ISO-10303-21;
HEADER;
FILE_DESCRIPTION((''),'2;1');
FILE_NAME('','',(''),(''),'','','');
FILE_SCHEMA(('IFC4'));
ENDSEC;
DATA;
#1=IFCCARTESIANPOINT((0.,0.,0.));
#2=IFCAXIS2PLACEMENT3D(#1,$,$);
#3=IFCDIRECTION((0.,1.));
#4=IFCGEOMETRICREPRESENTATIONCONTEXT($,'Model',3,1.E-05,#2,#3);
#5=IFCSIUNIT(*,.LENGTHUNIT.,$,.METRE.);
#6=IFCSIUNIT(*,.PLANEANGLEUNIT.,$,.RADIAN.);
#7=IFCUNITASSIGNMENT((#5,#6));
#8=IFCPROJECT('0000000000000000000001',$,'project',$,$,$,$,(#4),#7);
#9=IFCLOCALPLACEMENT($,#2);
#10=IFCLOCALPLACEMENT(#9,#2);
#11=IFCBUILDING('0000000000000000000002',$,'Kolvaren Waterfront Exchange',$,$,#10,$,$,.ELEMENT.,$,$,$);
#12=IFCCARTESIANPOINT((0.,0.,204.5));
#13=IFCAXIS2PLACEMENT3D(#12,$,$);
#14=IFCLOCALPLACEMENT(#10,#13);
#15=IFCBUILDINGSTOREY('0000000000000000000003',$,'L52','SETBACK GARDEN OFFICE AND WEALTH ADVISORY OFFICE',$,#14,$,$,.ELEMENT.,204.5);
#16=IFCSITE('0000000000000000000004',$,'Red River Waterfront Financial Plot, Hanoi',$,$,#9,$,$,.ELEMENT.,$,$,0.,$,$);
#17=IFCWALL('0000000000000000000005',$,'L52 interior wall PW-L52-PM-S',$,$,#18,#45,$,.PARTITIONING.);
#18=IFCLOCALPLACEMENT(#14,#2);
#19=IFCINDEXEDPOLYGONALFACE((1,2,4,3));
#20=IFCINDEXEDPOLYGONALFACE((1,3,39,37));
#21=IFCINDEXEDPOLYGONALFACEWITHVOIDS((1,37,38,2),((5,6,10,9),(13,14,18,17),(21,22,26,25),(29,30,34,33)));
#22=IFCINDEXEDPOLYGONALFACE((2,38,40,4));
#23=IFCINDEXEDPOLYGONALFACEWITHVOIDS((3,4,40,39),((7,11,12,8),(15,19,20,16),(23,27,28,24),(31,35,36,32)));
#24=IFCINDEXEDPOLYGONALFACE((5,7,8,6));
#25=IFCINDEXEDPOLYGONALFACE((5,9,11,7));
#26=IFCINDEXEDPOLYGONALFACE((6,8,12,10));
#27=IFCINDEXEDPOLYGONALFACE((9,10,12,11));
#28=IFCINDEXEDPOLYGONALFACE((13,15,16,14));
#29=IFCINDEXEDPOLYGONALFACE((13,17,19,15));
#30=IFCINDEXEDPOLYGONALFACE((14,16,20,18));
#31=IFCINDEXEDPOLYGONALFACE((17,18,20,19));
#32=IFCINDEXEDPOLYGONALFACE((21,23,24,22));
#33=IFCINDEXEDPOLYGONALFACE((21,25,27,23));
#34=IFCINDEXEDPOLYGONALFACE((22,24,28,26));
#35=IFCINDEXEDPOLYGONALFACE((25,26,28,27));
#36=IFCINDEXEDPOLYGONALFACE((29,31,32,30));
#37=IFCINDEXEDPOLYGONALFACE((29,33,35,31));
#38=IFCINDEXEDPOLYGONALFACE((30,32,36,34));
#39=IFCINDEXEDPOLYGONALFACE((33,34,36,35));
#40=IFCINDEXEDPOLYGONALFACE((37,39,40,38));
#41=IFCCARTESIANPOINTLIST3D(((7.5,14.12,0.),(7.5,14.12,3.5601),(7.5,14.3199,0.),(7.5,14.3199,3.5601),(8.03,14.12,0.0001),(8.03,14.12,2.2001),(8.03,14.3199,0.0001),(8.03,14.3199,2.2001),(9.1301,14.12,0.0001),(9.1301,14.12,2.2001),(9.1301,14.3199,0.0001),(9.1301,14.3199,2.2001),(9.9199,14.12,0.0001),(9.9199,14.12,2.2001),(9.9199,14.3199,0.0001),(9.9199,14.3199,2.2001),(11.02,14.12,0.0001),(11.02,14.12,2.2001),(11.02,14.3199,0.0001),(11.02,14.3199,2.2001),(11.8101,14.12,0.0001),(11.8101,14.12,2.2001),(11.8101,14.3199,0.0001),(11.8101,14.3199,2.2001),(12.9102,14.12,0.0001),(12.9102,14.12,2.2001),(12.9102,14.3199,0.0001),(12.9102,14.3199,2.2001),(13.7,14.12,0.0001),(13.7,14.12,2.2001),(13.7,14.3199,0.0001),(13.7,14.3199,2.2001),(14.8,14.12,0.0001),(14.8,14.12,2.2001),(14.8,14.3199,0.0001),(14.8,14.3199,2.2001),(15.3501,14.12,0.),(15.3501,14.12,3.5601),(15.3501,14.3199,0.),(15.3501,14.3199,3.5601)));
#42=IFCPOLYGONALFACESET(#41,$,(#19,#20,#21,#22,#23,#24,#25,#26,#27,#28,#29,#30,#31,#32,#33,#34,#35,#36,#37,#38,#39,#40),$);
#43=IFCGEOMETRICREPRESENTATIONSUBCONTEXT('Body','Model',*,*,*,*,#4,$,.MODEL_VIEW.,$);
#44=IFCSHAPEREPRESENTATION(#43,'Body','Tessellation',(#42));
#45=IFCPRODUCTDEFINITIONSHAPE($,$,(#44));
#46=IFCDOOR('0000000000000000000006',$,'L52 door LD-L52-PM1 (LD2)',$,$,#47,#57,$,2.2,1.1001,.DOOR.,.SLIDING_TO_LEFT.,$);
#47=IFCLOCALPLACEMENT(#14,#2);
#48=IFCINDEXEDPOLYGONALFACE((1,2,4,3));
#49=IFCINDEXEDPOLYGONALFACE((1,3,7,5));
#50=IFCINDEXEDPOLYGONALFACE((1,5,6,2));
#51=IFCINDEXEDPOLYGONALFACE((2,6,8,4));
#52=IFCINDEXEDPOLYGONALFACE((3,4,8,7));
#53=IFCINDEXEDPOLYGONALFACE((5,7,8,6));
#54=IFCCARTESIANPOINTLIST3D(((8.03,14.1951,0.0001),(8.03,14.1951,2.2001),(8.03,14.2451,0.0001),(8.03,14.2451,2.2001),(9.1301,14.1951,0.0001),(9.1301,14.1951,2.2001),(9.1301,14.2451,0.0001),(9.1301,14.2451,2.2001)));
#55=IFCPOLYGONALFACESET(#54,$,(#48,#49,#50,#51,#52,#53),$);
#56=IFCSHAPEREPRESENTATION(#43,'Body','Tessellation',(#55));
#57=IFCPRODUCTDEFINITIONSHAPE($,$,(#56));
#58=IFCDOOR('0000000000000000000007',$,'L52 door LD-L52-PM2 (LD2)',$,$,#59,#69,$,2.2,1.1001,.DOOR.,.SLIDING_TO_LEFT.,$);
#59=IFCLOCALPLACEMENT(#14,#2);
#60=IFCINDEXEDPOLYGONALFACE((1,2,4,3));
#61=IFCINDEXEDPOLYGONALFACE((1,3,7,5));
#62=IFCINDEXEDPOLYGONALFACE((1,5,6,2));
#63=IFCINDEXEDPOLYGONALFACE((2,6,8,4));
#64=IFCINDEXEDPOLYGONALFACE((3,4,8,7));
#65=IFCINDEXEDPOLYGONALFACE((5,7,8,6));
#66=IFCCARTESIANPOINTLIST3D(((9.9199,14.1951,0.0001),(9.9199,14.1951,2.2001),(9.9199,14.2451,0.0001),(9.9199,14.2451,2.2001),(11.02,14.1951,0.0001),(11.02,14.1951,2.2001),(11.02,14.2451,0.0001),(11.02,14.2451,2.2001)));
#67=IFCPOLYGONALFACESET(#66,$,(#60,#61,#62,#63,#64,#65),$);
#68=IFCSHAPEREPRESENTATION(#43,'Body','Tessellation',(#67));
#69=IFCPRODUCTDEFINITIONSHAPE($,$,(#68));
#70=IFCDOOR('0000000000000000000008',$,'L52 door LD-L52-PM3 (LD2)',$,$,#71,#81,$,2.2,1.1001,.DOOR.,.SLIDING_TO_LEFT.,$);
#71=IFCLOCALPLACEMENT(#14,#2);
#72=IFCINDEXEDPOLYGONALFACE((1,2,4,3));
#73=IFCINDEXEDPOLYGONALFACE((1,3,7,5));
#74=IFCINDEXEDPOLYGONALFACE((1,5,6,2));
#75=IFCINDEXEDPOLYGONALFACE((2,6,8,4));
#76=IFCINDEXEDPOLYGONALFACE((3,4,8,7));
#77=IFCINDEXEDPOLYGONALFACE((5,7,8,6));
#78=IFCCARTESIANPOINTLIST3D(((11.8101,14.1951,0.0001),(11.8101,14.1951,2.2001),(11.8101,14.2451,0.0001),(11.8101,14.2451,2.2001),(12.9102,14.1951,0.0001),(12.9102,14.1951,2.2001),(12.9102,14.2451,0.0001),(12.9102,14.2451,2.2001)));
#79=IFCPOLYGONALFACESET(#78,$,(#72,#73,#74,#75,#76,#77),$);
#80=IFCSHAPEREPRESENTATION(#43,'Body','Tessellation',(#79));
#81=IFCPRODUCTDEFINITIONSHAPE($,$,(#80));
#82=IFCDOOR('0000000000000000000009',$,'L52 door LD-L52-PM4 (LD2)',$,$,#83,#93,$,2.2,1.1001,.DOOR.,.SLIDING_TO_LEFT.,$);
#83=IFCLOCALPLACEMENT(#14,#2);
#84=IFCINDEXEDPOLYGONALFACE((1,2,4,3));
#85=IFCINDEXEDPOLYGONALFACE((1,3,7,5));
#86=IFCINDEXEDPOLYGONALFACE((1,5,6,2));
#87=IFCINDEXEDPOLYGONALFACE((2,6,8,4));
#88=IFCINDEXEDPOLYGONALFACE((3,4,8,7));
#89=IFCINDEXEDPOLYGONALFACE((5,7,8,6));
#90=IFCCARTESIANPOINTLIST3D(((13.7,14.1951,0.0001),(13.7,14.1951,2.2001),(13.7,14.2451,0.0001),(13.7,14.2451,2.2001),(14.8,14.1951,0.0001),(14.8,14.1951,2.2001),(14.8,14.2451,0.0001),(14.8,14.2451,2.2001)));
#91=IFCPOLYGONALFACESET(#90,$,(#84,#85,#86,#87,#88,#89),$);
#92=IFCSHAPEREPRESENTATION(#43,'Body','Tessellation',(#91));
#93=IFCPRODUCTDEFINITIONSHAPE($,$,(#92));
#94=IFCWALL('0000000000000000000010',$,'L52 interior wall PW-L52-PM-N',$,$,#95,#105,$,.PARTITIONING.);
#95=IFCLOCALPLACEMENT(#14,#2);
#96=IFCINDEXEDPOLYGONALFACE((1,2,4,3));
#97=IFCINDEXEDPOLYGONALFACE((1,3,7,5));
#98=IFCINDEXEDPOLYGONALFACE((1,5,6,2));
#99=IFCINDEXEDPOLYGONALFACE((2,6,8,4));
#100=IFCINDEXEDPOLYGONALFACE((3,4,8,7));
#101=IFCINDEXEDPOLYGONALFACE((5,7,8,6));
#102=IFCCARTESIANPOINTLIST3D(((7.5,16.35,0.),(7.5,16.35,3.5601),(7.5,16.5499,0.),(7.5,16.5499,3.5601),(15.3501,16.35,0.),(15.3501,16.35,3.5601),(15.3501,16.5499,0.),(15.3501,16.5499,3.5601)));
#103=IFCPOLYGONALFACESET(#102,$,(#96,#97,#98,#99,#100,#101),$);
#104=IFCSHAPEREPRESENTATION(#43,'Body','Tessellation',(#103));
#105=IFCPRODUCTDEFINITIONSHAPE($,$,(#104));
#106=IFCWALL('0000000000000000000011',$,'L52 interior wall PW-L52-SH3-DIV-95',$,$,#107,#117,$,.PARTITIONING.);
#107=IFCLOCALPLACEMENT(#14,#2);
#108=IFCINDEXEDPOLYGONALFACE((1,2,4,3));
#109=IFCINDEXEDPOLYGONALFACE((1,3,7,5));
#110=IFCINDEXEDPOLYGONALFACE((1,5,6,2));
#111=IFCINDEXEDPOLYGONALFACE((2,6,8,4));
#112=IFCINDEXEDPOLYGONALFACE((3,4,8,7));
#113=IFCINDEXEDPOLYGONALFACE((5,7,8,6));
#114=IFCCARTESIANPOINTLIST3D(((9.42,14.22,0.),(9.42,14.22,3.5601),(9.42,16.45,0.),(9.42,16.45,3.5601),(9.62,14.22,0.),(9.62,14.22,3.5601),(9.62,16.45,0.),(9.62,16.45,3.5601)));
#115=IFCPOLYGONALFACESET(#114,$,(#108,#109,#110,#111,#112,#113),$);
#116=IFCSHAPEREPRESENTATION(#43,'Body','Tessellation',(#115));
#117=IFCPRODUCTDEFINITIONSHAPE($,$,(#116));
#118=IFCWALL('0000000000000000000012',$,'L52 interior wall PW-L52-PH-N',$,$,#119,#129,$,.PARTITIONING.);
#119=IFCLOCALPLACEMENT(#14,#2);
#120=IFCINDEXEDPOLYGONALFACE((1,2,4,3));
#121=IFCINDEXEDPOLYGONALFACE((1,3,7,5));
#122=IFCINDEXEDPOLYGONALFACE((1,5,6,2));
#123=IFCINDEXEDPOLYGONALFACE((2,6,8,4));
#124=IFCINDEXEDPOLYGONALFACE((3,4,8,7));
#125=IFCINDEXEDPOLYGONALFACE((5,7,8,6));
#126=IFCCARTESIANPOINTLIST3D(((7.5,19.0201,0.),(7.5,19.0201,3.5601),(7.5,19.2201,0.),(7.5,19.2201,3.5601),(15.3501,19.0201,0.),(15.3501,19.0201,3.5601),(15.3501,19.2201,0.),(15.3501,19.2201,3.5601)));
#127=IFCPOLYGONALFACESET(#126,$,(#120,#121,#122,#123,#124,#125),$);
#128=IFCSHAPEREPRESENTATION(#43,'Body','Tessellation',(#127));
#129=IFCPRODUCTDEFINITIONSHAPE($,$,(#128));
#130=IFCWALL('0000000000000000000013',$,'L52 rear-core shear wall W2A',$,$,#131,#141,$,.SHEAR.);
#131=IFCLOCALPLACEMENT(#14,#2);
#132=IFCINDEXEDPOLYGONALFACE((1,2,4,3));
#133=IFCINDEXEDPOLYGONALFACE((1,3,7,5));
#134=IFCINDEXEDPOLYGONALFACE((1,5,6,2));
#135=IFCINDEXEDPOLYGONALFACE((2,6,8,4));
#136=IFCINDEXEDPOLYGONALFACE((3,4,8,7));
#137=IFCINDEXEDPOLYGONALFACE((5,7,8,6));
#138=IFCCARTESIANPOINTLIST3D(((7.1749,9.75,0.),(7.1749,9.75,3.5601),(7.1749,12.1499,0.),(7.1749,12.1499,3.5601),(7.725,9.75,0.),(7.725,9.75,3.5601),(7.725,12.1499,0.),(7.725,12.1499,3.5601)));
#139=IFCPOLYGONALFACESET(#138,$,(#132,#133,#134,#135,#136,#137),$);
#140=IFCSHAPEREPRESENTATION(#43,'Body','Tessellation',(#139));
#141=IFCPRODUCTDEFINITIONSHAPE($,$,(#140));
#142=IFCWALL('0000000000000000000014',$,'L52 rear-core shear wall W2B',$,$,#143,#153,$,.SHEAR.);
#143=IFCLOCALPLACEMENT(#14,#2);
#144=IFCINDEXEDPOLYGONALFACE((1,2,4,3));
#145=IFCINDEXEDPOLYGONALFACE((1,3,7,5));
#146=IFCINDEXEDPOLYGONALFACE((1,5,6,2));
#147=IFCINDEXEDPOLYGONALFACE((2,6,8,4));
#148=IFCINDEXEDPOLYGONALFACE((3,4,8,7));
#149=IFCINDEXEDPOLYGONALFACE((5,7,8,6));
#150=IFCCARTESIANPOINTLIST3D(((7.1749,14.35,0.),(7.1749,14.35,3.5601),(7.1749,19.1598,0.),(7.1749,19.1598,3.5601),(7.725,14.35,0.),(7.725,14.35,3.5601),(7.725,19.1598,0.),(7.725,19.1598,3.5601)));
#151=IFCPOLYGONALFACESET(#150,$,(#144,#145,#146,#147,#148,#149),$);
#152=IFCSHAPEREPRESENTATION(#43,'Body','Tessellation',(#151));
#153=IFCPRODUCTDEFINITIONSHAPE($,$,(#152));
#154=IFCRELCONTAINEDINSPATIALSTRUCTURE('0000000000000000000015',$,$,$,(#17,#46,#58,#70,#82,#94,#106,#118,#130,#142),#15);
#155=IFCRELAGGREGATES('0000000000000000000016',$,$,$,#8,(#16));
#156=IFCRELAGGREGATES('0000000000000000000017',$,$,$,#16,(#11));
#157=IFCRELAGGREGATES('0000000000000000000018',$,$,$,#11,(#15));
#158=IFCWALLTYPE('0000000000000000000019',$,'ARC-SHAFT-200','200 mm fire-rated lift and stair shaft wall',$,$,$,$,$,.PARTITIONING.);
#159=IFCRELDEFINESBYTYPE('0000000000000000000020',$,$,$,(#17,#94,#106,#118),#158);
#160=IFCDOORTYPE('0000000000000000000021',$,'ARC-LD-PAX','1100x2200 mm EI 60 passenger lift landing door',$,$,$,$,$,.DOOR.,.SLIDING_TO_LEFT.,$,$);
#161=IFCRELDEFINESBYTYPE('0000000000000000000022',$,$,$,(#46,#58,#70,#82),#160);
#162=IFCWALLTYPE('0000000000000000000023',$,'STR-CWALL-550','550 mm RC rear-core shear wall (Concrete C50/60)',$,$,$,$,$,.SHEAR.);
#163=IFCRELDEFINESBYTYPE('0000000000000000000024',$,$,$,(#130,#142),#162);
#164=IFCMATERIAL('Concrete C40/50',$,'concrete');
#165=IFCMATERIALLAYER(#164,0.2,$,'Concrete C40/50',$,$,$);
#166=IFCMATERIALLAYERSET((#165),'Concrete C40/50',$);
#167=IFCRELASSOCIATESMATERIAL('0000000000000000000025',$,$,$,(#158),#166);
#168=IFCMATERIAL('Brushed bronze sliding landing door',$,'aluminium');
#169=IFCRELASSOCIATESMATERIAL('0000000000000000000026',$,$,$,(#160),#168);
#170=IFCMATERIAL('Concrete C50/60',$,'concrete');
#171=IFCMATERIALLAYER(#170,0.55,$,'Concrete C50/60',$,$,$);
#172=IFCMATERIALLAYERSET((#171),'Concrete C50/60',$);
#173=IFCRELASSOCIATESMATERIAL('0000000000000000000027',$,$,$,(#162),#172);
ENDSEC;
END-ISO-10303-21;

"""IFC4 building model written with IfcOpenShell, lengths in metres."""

from ifc_helpers import new_model, si_unit, direction, frame, frame_2d, origin, place, context, subcontext, project, spatial, rectangle, extrude, material, layer, layer_set, type_object, element, fill, save


model = new_model("IFC4")

# Units and contexts
model_context = context("Model", 3, precision=1e-05, world=origin(), true_north=direction((0.0, 1.0)))
body_context = subcontext(model_context, "Body", "Model", "MODEL_VIEW")
ifc_project = project(units=[si_unit("LENGTHUNIT", "METRE"), si_unit("PLANEANGLEUNIT", "RADIAN")], contexts=[model_context])

# Site, building, storey
site_placement = place(None, origin())
site = spatial("IfcSite", under=ifc_project, at=site_placement, Name="Red River Waterfront Financial Plot, Hanoi", CompositionType="ELEMENT", RefElevation=0.0)
building_placement = place(site_placement, origin())
building = spatial("IfcBuilding", under=site, at=building_placement, Name="Kolvaren Waterfront Exchange", CompositionType="ELEMENT")
storey_placement = place(building_placement, frame((0.0, 0.0, 204.5)))
storey = spatial("IfcBuildingStorey", under=building, at=storey_placement, Name="L52", Description="SETBACK GARDEN OFFICE AND WEALTH ADVISORY OFFICE", CompositionType="ELEMENT", Elevation=204.5)

# Wall, openings, doors
ifc_material_1 = material(Name="Concrete C40/50", Category="concrete")
ifc_layer_1 = layer(ifc_material_1, 0.2, Name="Concrete C40/50")
ifc_layer_set_1 = layer_set([ifc_layer_1], Name="Concrete C40/50")
wall_type_1 = type_object("IfcWallType", Name="ARC-SHAFT-200", Description="200 mm fire-rated lift and stair shaft wall", PredefinedType="PARTITIONING", material=ifc_layer_set_1)
wall_1_placement = place(storey_placement, frame((7.5, 14.22, 0.0), z_axis=(0.0, 0.0, 1.0), x_axis=(1.0, 0.0, 0.0)))
wall_1 = element("IfcWall", 1, at=wall_1_placement, inside=storey, type_object=wall_type_1, Name="L52 interior wall PW-L52-PM-S", PredefinedType="PARTITIONING", context=body_context, shape_type="SweptSolid", body=[
    extrude(rectangle(XDim=7.8501, YDim=0.2, at=frame_2d((3.925, 0.0))), origin(), (0.0, 0.0, 1.0), 3.5601),
])
opening_1_placement = place(wall_1_placement, frame((0.53, 0.0, 0.0)))
opening_1 = element("IfcOpeningElement", 2, at=opening_1_placement, cuts=wall_1, PredefinedType="OPENING", context=body_context, shape_type="SweptSolid", body=[
    extrude(rectangle(XDim=1.1001, YDim=2.2, at=frame_2d((0.55, 1.1001))), frame((0.0, 0.1099, 0.0), z_axis=(0.0, -1.0, 0.0), x_axis=(1.0, 0.0, 0.0)), (0.0, 0.0, 1.0), 0.22),
])
opening_2_placement = place(wall_1_placement, frame((2.4199, 0.0, 0.0)))
opening_2 = element("IfcOpeningElement", 3, at=opening_2_placement, cuts=wall_1, PredefinedType="OPENING", context=body_context, shape_type="SweptSolid", body=[
    extrude(rectangle(XDim=1.1001, YDim=2.2, at=frame_2d((0.55, 1.1001))), frame((0.0, 0.1099, 0.0), z_axis=(0.0, -1.0, 0.0), x_axis=(1.0, 0.0, 0.0)), (0.0, 0.0, 1.0), 0.22),
])
opening_3_placement = place(wall_1_placement, frame((4.3101, 0.0, 0.0)))
opening_3 = element("IfcOpeningElement", 4, at=opening_3_placement, cuts=wall_1, PredefinedType="OPENING", context=body_context, shape_type="SweptSolid", body=[
    extrude(rectangle(XDim=1.1001, YDim=2.2, at=frame_2d((0.55, 1.1001))), frame((0.0, 0.1099, 0.0), z_axis=(0.0, -1.0, 0.0), x_axis=(1.0, 0.0, 0.0)), (0.0, 0.0, 1.0), 0.22),
])
opening_4_placement = place(wall_1_placement, frame((6.2, 0.0, 0.0)))
opening_4 = element("IfcOpeningElement", 5, at=opening_4_placement, cuts=wall_1, PredefinedType="OPENING", context=body_context, shape_type="SweptSolid", body=[
    extrude(rectangle(XDim=1.1001, YDim=2.2, at=frame_2d((0.55, 1.1001))), frame((0.0, 0.1099, 0.0), z_axis=(0.0, -1.0, 0.0), x_axis=(1.0, 0.0, 0.0)), (0.0, 0.0, 1.0), 0.22),
])
ifc_material_2 = material(Name="Brushed bronze sliding landing door", Category="aluminium")
door_type_1 = type_object("IfcDoorType", Name="ARC-LD-PAX", Description="1100x2200 mm EI 60 passenger lift landing door", OperationType="SLIDING_TO_LEFT", PredefinedType="DOOR", material=ifc_material_2)
door_1_placement = place(opening_1_placement, frame((1.1001, 0.0, 0.0), z_axis=(0.0, 0.0, 1.0), x_axis=(-1.0, 0.0, 0.0)))
door_1 = element("IfcDoor", 6, at=door_1_placement, inside=storey, type_object=door_type_1, Name="L52 door LD-L52-PM1 (LD2)", OperationType="SLIDING_TO_LEFT", OverallHeight=2.2, OverallWidth=1.1001, PredefinedType="DOOR", context=body_context, shape_type="SweptSolid", body=[
    extrude(rectangle(XDim=1.1001, YDim=2.2, at=frame_2d((0.55, 1.1001))), frame((0.0, 0.0249, 0.0), z_axis=(0.0, -1.0, 0.0), x_axis=(1.0, 0.0, 0.0)), (0.0, 0.0, 1.0), 0.05),
])
fill(opening_1, door_1)
door_2_placement = place(opening_2_placement, frame((1.1001, 0.0, 0.0), z_axis=(0.0, 0.0, 1.0), x_axis=(-1.0, 0.0, 0.0)))
door_2 = element("IfcDoor", 7, at=door_2_placement, inside=storey, type_object=door_type_1, Name="L52 door LD-L52-PM2 (LD2)", OperationType="SLIDING_TO_LEFT", OverallHeight=2.2, OverallWidth=1.1001, PredefinedType="DOOR", context=body_context, shape_type="SweptSolid", body=[
    extrude(rectangle(XDim=1.1001, YDim=2.2, at=frame_2d((0.55, 1.1001))), frame((0.0, 0.0249, 0.0), z_axis=(0.0, -1.0, 0.0), x_axis=(1.0, 0.0, 0.0)), (0.0, 0.0, 1.0), 0.05),
])
fill(opening_2, door_2)
door_3_placement = place(opening_3_placement, frame((1.1001, 0.0, 0.0), z_axis=(0.0, 0.0, 1.0), x_axis=(-1.0, 0.0, 0.0)))
door_3 = element("IfcDoor", 8, at=door_3_placement, inside=storey, type_object=door_type_1, Name="L52 door LD-L52-PM3 (LD2)", OperationType="SLIDING_TO_LEFT", OverallHeight=2.2, OverallWidth=1.1001, PredefinedType="DOOR", context=body_context, shape_type="SweptSolid", body=[
    extrude(rectangle(XDim=1.1001, YDim=2.2, at=frame_2d((0.55, 1.1001))), frame((0.0, 0.0249, 0.0), z_axis=(0.0, -1.0, 0.0), x_axis=(1.0, 0.0, 0.0)), (0.0, 0.0, 1.0), 0.05),
])
fill(opening_3, door_3)
door_4_placement = place(opening_4_placement, frame((1.1001, 0.0, 0.0), z_axis=(0.0, 0.0, 1.0), x_axis=(-1.0, 0.0, 0.0)))
door_4 = element("IfcDoor", 9, at=door_4_placement, inside=storey, type_object=door_type_1, Name="L52 door LD-L52-PM4 (LD2)", OperationType="SLIDING_TO_LEFT", OverallHeight=2.2, OverallWidth=1.1001, PredefinedType="DOOR", context=body_context, shape_type="SweptSolid", body=[
    extrude(rectangle(XDim=1.1001, YDim=2.2, at=frame_2d((0.55, 1.1001))), frame((0.0, 0.0249, 0.0), z_axis=(0.0, -1.0, 0.0), x_axis=(1.0, 0.0, 0.0)), (0.0, 0.0, 1.0), 0.05),
])
fill(opening_4, door_4)

# Walls
wall_2_placement = place(storey_placement, frame((7.5, 16.45, 0.0), z_axis=(0.0, 0.0, 1.0), x_axis=(1.0, 0.0, 0.0)))
element("IfcWall", 10, at=wall_2_placement, inside=storey, type_object=wall_type_1, Name="L52 interior wall PW-L52-PM-N", PredefinedType="PARTITIONING", context=body_context, shape_type="SweptSolid", body=[
    extrude(rectangle(XDim=7.8501, YDim=0.2, at=frame_2d((3.925, 0.0))), origin(), (0.0, 0.0, 1.0), 3.5601),
])
wall_3_placement = place(storey_placement, frame((9.52, 14.22, 0.0), z_axis=(0.0, 0.0, 1.0), x_axis=(0.0, 1.0, 0.0)))
element("IfcWall", 11, at=wall_3_placement, inside=storey, type_object=wall_type_1, Name="L52 interior wall PW-L52-SH3-DIV-95", PredefinedType="PARTITIONING", context=body_context, shape_type="SweptSolid", body=[
    extrude(rectangle(XDim=2.23, YDim=0.2, at=frame_2d((1.115, 0.0))), origin(), (0.0, 0.0, 1.0), 3.5601),
])
wall_4_placement = place(storey_placement, frame((7.5, 19.1201, 0.0), z_axis=(0.0, 0.0, 1.0), x_axis=(1.0, 0.0, 0.0)))
element("IfcWall", 12, at=wall_4_placement, inside=storey, type_object=wall_type_1, Name="L52 interior wall PW-L52-PH-N", PredefinedType="PARTITIONING", context=body_context, shape_type="SweptSolid", body=[
    extrude(rectangle(XDim=7.8501, YDim=0.2, at=frame_2d((3.925, 0.0))), origin(), (0.0, 0.0, 1.0), 3.5601),
])
ifc_material_3 = material(Name="Concrete C50/60", Category="concrete")
ifc_layer_2 = layer(ifc_material_3, 0.55, Name="Concrete C50/60")
ifc_layer_set_2 = layer_set([ifc_layer_2], Name="Concrete C50/60")
wall_type_2 = type_object("IfcWallType", Name="STR-CWALL-550", Description="550 mm RC rear-core shear wall (Concrete C50/60)", PredefinedType="SHEAR", material=ifc_layer_set_2)
wall_5_placement = place(storey_placement, frame((7.45, 9.75, 0.0), z_axis=(0.0, 0.0, 1.0), x_axis=(0.0, 1.0, 0.0)))
element("IfcWall", 13, at=wall_5_placement, inside=storey, type_object=wall_type_2, Name="L52 rear-core shear wall W2A", PredefinedType="SHEAR", context=body_context, shape_type="SweptSolid", body=[
    extrude(rectangle(XDim=2.3999, YDim=0.55, at=frame_2d((1.2, 0.0))), origin(), (0.0, 0.0, 1.0), 3.5601),
])
wall_6_placement = place(storey_placement, frame((7.45, 14.3501, 0.0), z_axis=(0.0, 0.0, 1.0), x_axis=(0.0, 1.0, 0.0)))
element("IfcWall", 14, at=wall_6_placement, inside=storey, type_object=wall_type_2, Name="L52 rear-core shear wall W2B", PredefinedType="SHEAR", context=body_context, shape_type="SweptSolid", body=[
    extrude(rectangle(XDim=4.8098, YDim=0.55, at=frame_2d((2.4048, 0.0))), origin(), (0.0, 0.0, 1.0), 3.5601),
])

save(model, "model.ifc")
